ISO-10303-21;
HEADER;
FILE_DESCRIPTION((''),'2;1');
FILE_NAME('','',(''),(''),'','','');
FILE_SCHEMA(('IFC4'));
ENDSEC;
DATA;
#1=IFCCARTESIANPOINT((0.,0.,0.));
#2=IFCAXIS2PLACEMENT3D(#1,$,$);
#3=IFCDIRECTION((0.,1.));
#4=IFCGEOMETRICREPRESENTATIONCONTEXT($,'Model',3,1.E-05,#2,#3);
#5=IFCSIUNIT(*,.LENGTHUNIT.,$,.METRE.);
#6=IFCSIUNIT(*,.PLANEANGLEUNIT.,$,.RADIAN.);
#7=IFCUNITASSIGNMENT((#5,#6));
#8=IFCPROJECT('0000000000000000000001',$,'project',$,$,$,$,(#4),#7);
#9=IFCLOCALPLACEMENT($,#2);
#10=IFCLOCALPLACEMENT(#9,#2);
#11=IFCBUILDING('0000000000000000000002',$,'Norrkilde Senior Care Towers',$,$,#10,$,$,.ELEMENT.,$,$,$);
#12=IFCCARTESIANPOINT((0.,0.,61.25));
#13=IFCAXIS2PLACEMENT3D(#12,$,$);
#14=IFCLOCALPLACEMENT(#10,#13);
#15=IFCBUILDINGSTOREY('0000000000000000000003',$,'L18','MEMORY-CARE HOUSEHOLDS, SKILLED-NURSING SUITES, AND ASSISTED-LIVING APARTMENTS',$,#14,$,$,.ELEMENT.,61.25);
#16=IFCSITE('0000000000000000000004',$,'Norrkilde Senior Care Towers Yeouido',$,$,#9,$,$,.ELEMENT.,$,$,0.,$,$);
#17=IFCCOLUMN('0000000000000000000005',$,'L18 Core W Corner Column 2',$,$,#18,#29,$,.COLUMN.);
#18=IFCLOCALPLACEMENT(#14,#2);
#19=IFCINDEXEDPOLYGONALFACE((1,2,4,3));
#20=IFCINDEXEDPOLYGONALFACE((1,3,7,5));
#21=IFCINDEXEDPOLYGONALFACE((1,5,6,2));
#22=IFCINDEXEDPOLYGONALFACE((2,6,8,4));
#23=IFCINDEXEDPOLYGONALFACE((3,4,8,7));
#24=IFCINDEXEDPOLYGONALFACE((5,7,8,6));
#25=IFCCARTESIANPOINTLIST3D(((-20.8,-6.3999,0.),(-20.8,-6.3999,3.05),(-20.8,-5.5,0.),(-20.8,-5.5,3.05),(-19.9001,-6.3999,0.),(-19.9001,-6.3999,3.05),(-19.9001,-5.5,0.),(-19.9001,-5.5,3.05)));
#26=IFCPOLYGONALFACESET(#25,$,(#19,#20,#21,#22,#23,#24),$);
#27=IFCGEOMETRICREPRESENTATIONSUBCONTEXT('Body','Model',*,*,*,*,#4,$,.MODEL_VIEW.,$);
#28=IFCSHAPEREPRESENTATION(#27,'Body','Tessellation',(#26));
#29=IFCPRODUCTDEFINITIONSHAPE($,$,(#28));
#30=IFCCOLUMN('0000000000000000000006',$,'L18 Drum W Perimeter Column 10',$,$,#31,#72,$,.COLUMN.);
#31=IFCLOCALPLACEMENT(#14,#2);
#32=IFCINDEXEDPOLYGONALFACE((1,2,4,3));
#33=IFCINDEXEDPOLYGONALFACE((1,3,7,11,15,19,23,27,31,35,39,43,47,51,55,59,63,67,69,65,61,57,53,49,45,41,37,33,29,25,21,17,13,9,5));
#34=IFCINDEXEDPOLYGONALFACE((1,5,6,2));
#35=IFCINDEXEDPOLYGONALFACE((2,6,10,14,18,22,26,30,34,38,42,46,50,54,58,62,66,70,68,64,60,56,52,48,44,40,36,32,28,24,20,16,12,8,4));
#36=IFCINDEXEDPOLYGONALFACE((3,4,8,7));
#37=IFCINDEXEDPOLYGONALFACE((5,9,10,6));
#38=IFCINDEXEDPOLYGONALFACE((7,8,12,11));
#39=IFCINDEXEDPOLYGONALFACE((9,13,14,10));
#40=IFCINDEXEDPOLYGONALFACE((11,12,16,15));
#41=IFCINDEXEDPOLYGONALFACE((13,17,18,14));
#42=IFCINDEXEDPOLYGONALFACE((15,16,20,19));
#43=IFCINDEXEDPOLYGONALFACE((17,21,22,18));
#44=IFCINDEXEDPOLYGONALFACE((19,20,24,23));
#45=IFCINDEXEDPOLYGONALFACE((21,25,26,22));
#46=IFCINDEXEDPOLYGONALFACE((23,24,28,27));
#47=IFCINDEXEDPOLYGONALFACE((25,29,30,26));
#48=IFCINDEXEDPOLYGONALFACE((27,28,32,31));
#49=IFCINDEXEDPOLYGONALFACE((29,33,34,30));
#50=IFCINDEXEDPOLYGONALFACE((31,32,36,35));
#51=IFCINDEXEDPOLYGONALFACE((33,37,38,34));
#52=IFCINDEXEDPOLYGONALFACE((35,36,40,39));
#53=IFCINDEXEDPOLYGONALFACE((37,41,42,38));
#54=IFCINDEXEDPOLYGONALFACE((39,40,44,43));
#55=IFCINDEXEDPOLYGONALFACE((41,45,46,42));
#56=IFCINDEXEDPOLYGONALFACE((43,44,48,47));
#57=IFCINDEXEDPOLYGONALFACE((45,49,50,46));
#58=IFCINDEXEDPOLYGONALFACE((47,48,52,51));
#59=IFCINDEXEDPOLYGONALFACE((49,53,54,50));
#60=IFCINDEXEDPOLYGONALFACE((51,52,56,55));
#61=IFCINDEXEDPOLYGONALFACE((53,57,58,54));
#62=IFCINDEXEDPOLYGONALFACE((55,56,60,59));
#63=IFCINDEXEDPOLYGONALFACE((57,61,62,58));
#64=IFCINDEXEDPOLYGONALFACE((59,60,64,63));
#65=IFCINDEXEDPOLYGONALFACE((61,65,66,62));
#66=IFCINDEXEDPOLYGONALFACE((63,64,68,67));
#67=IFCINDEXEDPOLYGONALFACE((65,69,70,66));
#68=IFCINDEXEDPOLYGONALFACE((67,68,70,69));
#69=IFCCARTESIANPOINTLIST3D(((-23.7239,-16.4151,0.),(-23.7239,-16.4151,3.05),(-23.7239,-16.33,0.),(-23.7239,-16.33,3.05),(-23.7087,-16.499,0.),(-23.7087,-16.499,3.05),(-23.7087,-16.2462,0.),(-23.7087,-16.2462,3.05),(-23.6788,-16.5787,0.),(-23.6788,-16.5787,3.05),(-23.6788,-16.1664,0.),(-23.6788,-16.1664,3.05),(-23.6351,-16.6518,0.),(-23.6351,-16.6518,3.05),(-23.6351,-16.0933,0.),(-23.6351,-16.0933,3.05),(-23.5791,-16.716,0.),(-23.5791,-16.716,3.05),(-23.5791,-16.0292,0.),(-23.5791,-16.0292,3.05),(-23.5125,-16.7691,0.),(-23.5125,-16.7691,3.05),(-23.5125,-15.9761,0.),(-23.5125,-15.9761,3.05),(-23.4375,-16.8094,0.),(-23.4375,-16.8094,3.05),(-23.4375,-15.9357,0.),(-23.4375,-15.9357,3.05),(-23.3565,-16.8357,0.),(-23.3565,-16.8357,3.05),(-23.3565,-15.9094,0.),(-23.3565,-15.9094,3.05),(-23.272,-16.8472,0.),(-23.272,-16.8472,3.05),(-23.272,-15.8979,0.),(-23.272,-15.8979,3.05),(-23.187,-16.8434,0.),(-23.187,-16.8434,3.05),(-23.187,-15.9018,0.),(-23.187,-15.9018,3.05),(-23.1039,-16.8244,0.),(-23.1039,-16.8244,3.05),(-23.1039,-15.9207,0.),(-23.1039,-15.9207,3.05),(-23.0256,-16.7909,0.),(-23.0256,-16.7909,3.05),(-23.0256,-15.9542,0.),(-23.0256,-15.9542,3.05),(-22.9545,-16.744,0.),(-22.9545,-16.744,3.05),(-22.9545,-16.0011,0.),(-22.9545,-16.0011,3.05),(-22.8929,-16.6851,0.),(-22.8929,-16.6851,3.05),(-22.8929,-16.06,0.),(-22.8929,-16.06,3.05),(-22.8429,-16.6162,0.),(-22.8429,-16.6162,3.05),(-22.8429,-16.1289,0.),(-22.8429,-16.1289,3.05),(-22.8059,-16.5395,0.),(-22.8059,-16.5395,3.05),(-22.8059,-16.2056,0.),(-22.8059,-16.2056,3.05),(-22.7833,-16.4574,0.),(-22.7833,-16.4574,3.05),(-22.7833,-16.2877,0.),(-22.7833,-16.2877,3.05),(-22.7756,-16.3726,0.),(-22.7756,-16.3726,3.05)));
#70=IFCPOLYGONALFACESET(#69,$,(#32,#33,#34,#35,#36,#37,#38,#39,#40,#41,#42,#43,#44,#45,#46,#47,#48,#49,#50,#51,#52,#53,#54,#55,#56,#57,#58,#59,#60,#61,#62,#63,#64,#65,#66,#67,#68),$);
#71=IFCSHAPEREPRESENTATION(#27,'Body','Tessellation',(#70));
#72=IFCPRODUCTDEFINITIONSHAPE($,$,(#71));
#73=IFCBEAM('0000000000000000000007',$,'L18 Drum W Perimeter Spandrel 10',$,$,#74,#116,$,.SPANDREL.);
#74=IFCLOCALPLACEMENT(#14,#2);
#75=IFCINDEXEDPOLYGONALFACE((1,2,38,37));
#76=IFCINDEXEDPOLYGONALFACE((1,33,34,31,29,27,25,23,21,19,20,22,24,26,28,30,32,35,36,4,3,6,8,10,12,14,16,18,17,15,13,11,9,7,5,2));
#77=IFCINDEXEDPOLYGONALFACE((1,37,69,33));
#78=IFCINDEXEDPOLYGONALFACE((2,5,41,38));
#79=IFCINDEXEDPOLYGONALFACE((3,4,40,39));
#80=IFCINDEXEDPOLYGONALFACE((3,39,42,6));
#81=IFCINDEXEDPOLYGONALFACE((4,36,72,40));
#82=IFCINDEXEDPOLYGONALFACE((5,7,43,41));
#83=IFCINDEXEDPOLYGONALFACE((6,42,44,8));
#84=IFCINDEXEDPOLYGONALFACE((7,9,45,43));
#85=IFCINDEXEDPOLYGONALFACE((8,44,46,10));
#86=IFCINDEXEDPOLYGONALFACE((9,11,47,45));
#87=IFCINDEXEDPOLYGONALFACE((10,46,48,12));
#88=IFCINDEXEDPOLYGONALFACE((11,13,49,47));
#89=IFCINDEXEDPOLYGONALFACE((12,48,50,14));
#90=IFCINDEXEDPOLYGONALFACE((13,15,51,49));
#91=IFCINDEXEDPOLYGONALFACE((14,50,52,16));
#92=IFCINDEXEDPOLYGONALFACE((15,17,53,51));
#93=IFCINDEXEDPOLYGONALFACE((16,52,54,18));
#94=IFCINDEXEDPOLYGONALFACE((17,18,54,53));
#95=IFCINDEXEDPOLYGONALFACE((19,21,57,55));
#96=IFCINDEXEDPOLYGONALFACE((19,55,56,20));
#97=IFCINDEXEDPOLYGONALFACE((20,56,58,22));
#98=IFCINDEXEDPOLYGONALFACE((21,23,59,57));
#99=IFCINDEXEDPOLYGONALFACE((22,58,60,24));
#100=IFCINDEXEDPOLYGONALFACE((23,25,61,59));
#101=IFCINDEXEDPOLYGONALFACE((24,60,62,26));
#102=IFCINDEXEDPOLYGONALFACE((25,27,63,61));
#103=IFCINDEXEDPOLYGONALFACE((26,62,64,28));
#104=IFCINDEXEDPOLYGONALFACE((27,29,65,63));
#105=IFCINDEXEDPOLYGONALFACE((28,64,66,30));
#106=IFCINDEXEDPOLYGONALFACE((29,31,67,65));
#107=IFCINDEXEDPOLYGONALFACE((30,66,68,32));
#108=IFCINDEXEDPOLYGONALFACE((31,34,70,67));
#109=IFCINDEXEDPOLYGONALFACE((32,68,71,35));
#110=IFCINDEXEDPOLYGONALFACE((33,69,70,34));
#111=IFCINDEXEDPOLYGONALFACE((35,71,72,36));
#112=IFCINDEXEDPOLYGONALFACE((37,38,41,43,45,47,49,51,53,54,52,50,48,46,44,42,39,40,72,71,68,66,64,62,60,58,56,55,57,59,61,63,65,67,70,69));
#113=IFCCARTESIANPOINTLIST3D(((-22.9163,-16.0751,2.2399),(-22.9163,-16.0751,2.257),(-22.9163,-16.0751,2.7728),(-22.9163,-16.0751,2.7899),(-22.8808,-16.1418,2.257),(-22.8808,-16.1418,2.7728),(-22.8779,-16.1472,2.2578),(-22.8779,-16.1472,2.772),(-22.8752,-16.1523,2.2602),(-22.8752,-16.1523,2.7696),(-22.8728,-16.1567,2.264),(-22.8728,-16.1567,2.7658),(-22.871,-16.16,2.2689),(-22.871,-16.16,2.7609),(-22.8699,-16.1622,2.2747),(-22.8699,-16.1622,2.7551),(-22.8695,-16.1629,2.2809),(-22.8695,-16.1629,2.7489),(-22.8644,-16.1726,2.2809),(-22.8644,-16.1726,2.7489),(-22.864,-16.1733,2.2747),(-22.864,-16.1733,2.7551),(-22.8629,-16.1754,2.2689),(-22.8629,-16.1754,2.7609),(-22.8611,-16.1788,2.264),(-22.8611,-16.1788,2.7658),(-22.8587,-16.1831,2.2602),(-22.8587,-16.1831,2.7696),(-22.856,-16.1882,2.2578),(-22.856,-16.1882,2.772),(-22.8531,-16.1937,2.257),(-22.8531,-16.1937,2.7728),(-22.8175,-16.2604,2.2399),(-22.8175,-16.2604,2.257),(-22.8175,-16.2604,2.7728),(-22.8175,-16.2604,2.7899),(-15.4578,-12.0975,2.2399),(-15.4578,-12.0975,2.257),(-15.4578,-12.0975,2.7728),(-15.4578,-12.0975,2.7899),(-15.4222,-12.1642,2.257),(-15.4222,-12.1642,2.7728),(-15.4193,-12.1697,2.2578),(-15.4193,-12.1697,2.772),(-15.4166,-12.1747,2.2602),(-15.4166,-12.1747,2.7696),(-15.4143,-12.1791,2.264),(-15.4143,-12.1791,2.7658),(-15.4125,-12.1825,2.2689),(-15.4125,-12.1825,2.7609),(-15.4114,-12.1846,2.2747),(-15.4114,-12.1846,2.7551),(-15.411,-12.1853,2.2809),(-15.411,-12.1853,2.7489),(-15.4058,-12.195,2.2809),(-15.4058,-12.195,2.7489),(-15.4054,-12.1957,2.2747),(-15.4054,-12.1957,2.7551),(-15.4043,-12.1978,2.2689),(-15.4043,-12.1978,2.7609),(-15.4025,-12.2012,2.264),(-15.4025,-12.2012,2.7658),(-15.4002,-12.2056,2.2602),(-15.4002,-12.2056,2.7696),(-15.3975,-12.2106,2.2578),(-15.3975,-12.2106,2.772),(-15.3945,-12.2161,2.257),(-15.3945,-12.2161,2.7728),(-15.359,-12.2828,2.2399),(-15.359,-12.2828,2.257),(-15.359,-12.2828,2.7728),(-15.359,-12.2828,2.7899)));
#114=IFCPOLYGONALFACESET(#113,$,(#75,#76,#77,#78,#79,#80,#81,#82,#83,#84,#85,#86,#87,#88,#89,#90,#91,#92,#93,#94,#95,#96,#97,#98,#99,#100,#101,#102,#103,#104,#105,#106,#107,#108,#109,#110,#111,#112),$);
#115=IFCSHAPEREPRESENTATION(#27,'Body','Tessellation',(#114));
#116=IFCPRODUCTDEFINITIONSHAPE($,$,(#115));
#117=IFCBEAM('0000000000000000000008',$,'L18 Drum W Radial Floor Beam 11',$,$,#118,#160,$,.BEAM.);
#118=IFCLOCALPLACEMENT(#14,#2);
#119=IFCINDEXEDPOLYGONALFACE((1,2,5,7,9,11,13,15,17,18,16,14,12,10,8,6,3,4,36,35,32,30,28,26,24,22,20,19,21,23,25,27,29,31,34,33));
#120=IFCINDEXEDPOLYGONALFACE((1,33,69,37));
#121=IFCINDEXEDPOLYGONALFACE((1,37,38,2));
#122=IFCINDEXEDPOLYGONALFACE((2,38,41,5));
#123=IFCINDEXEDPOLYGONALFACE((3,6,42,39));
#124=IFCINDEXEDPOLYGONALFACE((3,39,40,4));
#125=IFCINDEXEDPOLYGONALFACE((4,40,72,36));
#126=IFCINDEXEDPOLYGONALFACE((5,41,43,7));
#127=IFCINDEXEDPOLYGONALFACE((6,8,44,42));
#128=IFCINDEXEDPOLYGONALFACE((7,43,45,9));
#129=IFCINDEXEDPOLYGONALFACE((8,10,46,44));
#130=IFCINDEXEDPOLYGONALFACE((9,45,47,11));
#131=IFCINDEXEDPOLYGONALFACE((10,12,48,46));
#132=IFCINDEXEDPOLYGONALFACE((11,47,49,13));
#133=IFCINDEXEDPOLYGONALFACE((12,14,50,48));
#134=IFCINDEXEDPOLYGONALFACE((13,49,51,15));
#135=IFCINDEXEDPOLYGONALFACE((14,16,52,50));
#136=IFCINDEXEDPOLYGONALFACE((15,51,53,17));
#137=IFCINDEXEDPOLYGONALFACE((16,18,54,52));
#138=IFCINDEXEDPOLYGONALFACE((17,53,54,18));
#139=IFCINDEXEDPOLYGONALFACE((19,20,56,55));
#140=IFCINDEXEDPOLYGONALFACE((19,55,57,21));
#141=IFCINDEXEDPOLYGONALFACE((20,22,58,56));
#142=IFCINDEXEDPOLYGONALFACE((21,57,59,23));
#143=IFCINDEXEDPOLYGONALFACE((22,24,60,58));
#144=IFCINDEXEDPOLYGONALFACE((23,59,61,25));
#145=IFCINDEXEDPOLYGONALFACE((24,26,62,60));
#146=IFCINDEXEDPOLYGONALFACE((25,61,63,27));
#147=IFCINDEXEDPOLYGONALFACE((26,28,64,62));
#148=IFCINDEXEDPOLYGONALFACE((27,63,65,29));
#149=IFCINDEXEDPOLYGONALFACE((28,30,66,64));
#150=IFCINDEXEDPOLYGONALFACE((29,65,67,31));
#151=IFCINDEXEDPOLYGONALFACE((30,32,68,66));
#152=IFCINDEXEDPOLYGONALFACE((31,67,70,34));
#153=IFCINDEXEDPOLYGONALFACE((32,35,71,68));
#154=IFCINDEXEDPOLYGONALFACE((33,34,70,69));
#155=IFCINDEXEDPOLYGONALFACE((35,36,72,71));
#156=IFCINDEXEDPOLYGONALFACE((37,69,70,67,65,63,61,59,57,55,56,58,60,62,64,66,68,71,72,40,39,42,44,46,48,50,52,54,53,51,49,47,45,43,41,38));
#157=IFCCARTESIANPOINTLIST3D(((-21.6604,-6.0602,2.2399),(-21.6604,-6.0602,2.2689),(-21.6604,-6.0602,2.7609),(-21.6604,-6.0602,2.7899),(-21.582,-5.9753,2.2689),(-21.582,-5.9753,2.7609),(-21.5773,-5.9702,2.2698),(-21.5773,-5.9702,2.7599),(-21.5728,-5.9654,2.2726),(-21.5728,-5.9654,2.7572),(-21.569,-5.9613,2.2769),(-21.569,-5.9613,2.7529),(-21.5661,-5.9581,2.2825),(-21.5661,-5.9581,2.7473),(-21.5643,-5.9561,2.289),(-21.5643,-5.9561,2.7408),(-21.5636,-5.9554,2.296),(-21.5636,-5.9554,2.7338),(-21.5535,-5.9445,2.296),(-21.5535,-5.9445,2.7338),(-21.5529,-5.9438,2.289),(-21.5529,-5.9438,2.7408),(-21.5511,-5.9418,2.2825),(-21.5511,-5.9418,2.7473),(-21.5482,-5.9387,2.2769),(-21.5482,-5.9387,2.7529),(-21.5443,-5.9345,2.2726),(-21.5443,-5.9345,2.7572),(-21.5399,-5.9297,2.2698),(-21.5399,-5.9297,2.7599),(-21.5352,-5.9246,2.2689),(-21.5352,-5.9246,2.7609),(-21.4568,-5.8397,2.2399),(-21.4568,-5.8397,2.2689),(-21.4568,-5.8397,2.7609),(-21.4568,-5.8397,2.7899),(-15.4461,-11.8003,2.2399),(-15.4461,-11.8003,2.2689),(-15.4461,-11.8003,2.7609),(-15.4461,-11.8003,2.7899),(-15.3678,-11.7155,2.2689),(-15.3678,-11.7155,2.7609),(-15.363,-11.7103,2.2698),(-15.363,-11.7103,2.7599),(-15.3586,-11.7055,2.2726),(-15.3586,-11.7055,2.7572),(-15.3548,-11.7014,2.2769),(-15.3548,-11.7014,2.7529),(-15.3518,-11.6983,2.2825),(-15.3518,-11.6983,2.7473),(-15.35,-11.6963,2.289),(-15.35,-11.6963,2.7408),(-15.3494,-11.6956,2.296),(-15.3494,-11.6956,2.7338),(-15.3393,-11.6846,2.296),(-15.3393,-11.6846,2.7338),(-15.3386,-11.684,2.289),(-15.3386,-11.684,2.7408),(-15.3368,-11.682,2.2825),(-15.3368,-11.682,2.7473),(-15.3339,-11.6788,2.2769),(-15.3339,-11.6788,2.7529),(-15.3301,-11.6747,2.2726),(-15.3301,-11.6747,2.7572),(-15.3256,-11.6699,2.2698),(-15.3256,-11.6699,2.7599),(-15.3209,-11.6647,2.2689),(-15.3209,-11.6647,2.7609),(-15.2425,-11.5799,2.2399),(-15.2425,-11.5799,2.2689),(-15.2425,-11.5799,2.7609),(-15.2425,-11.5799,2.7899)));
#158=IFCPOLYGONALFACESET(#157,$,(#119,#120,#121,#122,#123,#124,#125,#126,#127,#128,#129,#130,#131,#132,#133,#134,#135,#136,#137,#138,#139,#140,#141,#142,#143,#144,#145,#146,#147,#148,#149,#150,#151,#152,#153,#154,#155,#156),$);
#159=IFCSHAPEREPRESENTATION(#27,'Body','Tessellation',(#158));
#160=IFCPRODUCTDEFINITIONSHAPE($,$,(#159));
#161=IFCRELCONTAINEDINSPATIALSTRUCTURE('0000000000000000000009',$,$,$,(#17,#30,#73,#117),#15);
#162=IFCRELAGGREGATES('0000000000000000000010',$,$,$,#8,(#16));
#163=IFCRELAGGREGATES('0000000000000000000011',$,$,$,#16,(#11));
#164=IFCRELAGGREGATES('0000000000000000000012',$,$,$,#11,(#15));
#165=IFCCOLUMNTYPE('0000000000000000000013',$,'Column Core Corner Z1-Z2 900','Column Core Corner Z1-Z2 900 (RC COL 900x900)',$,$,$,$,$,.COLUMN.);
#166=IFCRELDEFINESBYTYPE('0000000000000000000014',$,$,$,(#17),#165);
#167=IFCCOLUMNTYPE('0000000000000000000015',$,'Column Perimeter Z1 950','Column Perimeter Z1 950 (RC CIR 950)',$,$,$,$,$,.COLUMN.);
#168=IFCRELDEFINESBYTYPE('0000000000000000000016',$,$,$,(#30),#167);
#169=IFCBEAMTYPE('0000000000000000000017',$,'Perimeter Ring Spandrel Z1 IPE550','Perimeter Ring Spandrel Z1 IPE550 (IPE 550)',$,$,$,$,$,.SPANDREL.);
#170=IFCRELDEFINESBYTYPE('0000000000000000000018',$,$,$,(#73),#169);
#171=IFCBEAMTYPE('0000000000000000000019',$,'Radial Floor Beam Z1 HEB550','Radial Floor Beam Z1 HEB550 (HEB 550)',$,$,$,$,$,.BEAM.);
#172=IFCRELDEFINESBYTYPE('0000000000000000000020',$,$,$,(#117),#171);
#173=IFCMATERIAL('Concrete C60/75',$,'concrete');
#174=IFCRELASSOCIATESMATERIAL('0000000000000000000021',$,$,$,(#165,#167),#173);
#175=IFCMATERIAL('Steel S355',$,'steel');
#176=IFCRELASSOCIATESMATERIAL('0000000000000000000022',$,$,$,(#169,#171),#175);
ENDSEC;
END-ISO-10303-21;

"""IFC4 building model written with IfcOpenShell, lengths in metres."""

from ifc_helpers import new_model, si_unit, direction, frame, origin, origin_2d, place, context, subcontext, project, spatial, rectangle, circle, i_section, extrude, source, transform, mapped, material, material_profile, profile_set, type_object, type_shapes, element, save


model = new_model("IFC4")

# Units and contexts
model_context = context("Model", 3, precision=1e-05, world=origin(), true_north=direction((0.0, 1.0)))
body_context = subcontext(model_context, "Body", "Model", "MODEL_VIEW")
ifc_project = project(units=[si_unit("LENGTHUNIT", "METRE"), si_unit("PLANEANGLEUNIT", "RADIAN")], contexts=[model_context])

# Site, building, storey
site_placement = place(None, origin())
site = spatial("IfcSite", under=ifc_project, at=site_placement, Name="Norrkilde Senior Care Towers Yeouido", CompositionType="ELEMENT", RefElevation=0.0)
building_placement = place(site_placement, origin())
building = spatial("IfcBuilding", under=site, at=building_placement, Name="Norrkilde Senior Care Towers", CompositionType="ELEMENT")
storey_placement = place(building_placement, frame((0.0, 0.0, 61.25)))
storey = spatial("IfcBuildingStorey", under=building, at=storey_placement, Name="L18", Description="MEMORY-CARE HOUSEHOLDS, SKILLED-NURSING SUITES, AND ASSISTED-LIVING APARTMENTS", CompositionType="ELEMENT", Elevation=61.25)

# Columns
ifc_material_1 = material(Name="Concrete C60/75", Category="concrete")
ifc_material_profile_1 = material_profile(ifc_material_1, rectangle(XDim=0.8999, YDim=0.8999, at=origin_2d()), Name="RC COL 900x900")
ifc_profile_set_1 = profile_set([ifc_material_profile_1], Name="Concrete C60/75")
column_type_1 = type_object("IfcColumnType", Name="Column Core Corner Z1-Z2 900", Description="Column Core Corner Z1-Z2 900 (RC COL 900x900)", PredefinedType="COLUMN", material=ifc_profile_set_1)
shared_shape_1 = source(origin(), body_context, "Body", "SweptSolid", [
    extrude(rectangle(XDim=0.8999, YDim=0.8999, at=origin_2d()), origin(), (0.0, 0.0, 1.0), 3.05),
])
type_shapes(column_type_1, [shared_shape_1])
column_1_placement = place(storey_placement, frame((-20.3501, -5.95, 0.0), z_axis=(0.0, 0.0, 1.0), x_axis=(1.0, 0.0, 0.0)))
element("IfcColumn", 1, at=column_1_placement, inside=storey, type_object=column_type_1, Name="L18 Core W Corner Column 2", PredefinedType="COLUMN", context=body_context, shape_type="MappedRepresentation", body=[
    mapped(shared_shape_1, transform((0.0, 0.0, 0.0), x_axis=(1.0, 0.0, 0.0), y_axis=(0.0, 1.0, 0.0), z_axis=(0.0, 0.0, 1.0), scale=1.0)),
])
ifc_material_profile_2 = material_profile(ifc_material_1, circle(Radius=0.4751, at=origin_2d()), Name="RC CIR 950")
ifc_profile_set_2 = profile_set([ifc_material_profile_2], Name="Concrete C60/75")
column_type_2 = type_object("IfcColumnType", Name="Column Perimeter Z1 950", Description="Column Perimeter Z1 950 (RC CIR 950)", PredefinedType="COLUMN", material=ifc_profile_set_2)
shared_shape_2 = source(origin(), body_context, "Body", "SweptSolid", [
    extrude(circle(Radius=0.4751, at=origin_2d()), origin(), (0.0, 0.0, 1.0), 3.05),
])
type_shapes(column_type_2, [shared_shape_2])
column_2_placement = place(storey_placement, frame((-23.2507, -16.3726, 0.0), z_axis=(0.0, 0.0, 1.0), x_axis=(1.0, 0.0, 0.0)))
element("IfcColumn", 2, at=column_2_placement, inside=storey, type_object=column_type_2, Name="L18 Drum W Perimeter Column 10", PredefinedType="COLUMN", context=body_context, shape_type="MappedRepresentation", body=[
    mapped(shared_shape_2, transform((0.0, 0.0, 0.0), x_axis=(1.0, 0.0, 0.0), y_axis=(0.0, 1.0, 0.0), z_axis=(0.0, 0.0, 1.0), scale=1.0)),
])

# Beams
ifc_material_2 = material(Name="Steel S355", Category="steel")
ifc_material_profile_3 = material_profile(ifc_material_2, i_section(OverallWidth=0.21, OverallDepth=0.55, WebThickness=0.011, FlangeThickness=0.0171, FilletRadius=0.0239, at=origin_2d()), Name="IPE 550")
ifc_profile_set_3 = profile_set([ifc_material_profile_3], Name="Steel S355")
beam_type_1 = type_object("IfcBeamType", Name="Perimeter Ring Spandrel Z1 IPE550", Description="Perimeter Ring Spandrel Z1 IPE550 (IPE 550)", PredefinedType="SPANDREL", material=ifc_profile_set_3)
shared_shape_3 = source(origin(), body_context, "Body", "SweptSolid", [
    extrude(i_section(OverallWidth=0.21, OverallDepth=0.55, WebThickness=0.011, FlangeThickness=0.0171, FilletRadius=0.0239, at=origin_2d()), origin(), (0.0, 0.0, 1.0), 8.4529),
])
type_shapes(beam_type_1, [shared_shape_3])
beam_1_placement = place(storey_placement, frame((-22.8669, -16.1677, 2.5149), z_axis=(0.882369, 0.470558, 0.0), x_axis=(-0.470558, 0.882369, 0.0)))
element("IfcBeam", 3, at=beam_1_placement, inside=storey, type_object=beam_type_1, Name="L18 Drum W Perimeter Spandrel 10", PredefinedType="SPANDREL", context=body_context, shape_type="MappedRepresentation", body=[
    mapped(shared_shape_3, transform((0.0, 0.0, 0.0), x_axis=(1.0, 0.0, 0.0), y_axis=(0.0, 1.0, 0.0), z_axis=(0.0, 0.0, 1.0), scale=1.0)),
])
ifc_material_profile_4 = material_profile(ifc_material_2, i_section(OverallWidth=0.3, OverallDepth=0.55, WebThickness=0.0149, FlangeThickness=0.0291, FilletRadius=0.0271, at=origin_2d()), Name="HEB 550")
ifc_profile_set_4 = profile_set([ifc_material_profile_4], Name="Steel S355")
beam_type_2 = type_object("IfcBeamType", Name="Radial Floor Beam Z1 HEB550", Description="Radial Floor Beam Z1 HEB550 (HEB 550)", PredefinedType="BEAM", material=ifc_profile_set_4)
shared_shape_4 = source(origin(), body_context, "Body", "SweptSolid", [
    extrude(i_section(OverallWidth=0.3, OverallDepth=0.55, WebThickness=0.0149, FlangeThickness=0.0291, FilletRadius=0.0271, at=origin_2d()), origin(), (0.0, 0.0, 1.0), 8.4597),
])
beam_2_placement = place(storey_placement, frame((-21.5586, -5.95, 2.5149), z_axis=(0.734573, -0.678529, 0.0), x_axis=(0.678529, 0.734573, 0.0)))
element("IfcBeam", 4, at=beam_2_placement, inside=storey, type_object=beam_type_2, Name="L18 Drum W Radial Floor Beam 11", PredefinedType="BEAM", context=body_context, shape_type="MappedRepresentation", body=[
    mapped(shared_shape_4, transform((0.0, 0.0, 0.0), x_axis=(1.0, 0.0, 0.0), y_axis=(0.0, 1.0, 0.0), z_axis=(0.0, 0.0, 1.0), scale=1.0)),
])

save(model, "model.ifc")
